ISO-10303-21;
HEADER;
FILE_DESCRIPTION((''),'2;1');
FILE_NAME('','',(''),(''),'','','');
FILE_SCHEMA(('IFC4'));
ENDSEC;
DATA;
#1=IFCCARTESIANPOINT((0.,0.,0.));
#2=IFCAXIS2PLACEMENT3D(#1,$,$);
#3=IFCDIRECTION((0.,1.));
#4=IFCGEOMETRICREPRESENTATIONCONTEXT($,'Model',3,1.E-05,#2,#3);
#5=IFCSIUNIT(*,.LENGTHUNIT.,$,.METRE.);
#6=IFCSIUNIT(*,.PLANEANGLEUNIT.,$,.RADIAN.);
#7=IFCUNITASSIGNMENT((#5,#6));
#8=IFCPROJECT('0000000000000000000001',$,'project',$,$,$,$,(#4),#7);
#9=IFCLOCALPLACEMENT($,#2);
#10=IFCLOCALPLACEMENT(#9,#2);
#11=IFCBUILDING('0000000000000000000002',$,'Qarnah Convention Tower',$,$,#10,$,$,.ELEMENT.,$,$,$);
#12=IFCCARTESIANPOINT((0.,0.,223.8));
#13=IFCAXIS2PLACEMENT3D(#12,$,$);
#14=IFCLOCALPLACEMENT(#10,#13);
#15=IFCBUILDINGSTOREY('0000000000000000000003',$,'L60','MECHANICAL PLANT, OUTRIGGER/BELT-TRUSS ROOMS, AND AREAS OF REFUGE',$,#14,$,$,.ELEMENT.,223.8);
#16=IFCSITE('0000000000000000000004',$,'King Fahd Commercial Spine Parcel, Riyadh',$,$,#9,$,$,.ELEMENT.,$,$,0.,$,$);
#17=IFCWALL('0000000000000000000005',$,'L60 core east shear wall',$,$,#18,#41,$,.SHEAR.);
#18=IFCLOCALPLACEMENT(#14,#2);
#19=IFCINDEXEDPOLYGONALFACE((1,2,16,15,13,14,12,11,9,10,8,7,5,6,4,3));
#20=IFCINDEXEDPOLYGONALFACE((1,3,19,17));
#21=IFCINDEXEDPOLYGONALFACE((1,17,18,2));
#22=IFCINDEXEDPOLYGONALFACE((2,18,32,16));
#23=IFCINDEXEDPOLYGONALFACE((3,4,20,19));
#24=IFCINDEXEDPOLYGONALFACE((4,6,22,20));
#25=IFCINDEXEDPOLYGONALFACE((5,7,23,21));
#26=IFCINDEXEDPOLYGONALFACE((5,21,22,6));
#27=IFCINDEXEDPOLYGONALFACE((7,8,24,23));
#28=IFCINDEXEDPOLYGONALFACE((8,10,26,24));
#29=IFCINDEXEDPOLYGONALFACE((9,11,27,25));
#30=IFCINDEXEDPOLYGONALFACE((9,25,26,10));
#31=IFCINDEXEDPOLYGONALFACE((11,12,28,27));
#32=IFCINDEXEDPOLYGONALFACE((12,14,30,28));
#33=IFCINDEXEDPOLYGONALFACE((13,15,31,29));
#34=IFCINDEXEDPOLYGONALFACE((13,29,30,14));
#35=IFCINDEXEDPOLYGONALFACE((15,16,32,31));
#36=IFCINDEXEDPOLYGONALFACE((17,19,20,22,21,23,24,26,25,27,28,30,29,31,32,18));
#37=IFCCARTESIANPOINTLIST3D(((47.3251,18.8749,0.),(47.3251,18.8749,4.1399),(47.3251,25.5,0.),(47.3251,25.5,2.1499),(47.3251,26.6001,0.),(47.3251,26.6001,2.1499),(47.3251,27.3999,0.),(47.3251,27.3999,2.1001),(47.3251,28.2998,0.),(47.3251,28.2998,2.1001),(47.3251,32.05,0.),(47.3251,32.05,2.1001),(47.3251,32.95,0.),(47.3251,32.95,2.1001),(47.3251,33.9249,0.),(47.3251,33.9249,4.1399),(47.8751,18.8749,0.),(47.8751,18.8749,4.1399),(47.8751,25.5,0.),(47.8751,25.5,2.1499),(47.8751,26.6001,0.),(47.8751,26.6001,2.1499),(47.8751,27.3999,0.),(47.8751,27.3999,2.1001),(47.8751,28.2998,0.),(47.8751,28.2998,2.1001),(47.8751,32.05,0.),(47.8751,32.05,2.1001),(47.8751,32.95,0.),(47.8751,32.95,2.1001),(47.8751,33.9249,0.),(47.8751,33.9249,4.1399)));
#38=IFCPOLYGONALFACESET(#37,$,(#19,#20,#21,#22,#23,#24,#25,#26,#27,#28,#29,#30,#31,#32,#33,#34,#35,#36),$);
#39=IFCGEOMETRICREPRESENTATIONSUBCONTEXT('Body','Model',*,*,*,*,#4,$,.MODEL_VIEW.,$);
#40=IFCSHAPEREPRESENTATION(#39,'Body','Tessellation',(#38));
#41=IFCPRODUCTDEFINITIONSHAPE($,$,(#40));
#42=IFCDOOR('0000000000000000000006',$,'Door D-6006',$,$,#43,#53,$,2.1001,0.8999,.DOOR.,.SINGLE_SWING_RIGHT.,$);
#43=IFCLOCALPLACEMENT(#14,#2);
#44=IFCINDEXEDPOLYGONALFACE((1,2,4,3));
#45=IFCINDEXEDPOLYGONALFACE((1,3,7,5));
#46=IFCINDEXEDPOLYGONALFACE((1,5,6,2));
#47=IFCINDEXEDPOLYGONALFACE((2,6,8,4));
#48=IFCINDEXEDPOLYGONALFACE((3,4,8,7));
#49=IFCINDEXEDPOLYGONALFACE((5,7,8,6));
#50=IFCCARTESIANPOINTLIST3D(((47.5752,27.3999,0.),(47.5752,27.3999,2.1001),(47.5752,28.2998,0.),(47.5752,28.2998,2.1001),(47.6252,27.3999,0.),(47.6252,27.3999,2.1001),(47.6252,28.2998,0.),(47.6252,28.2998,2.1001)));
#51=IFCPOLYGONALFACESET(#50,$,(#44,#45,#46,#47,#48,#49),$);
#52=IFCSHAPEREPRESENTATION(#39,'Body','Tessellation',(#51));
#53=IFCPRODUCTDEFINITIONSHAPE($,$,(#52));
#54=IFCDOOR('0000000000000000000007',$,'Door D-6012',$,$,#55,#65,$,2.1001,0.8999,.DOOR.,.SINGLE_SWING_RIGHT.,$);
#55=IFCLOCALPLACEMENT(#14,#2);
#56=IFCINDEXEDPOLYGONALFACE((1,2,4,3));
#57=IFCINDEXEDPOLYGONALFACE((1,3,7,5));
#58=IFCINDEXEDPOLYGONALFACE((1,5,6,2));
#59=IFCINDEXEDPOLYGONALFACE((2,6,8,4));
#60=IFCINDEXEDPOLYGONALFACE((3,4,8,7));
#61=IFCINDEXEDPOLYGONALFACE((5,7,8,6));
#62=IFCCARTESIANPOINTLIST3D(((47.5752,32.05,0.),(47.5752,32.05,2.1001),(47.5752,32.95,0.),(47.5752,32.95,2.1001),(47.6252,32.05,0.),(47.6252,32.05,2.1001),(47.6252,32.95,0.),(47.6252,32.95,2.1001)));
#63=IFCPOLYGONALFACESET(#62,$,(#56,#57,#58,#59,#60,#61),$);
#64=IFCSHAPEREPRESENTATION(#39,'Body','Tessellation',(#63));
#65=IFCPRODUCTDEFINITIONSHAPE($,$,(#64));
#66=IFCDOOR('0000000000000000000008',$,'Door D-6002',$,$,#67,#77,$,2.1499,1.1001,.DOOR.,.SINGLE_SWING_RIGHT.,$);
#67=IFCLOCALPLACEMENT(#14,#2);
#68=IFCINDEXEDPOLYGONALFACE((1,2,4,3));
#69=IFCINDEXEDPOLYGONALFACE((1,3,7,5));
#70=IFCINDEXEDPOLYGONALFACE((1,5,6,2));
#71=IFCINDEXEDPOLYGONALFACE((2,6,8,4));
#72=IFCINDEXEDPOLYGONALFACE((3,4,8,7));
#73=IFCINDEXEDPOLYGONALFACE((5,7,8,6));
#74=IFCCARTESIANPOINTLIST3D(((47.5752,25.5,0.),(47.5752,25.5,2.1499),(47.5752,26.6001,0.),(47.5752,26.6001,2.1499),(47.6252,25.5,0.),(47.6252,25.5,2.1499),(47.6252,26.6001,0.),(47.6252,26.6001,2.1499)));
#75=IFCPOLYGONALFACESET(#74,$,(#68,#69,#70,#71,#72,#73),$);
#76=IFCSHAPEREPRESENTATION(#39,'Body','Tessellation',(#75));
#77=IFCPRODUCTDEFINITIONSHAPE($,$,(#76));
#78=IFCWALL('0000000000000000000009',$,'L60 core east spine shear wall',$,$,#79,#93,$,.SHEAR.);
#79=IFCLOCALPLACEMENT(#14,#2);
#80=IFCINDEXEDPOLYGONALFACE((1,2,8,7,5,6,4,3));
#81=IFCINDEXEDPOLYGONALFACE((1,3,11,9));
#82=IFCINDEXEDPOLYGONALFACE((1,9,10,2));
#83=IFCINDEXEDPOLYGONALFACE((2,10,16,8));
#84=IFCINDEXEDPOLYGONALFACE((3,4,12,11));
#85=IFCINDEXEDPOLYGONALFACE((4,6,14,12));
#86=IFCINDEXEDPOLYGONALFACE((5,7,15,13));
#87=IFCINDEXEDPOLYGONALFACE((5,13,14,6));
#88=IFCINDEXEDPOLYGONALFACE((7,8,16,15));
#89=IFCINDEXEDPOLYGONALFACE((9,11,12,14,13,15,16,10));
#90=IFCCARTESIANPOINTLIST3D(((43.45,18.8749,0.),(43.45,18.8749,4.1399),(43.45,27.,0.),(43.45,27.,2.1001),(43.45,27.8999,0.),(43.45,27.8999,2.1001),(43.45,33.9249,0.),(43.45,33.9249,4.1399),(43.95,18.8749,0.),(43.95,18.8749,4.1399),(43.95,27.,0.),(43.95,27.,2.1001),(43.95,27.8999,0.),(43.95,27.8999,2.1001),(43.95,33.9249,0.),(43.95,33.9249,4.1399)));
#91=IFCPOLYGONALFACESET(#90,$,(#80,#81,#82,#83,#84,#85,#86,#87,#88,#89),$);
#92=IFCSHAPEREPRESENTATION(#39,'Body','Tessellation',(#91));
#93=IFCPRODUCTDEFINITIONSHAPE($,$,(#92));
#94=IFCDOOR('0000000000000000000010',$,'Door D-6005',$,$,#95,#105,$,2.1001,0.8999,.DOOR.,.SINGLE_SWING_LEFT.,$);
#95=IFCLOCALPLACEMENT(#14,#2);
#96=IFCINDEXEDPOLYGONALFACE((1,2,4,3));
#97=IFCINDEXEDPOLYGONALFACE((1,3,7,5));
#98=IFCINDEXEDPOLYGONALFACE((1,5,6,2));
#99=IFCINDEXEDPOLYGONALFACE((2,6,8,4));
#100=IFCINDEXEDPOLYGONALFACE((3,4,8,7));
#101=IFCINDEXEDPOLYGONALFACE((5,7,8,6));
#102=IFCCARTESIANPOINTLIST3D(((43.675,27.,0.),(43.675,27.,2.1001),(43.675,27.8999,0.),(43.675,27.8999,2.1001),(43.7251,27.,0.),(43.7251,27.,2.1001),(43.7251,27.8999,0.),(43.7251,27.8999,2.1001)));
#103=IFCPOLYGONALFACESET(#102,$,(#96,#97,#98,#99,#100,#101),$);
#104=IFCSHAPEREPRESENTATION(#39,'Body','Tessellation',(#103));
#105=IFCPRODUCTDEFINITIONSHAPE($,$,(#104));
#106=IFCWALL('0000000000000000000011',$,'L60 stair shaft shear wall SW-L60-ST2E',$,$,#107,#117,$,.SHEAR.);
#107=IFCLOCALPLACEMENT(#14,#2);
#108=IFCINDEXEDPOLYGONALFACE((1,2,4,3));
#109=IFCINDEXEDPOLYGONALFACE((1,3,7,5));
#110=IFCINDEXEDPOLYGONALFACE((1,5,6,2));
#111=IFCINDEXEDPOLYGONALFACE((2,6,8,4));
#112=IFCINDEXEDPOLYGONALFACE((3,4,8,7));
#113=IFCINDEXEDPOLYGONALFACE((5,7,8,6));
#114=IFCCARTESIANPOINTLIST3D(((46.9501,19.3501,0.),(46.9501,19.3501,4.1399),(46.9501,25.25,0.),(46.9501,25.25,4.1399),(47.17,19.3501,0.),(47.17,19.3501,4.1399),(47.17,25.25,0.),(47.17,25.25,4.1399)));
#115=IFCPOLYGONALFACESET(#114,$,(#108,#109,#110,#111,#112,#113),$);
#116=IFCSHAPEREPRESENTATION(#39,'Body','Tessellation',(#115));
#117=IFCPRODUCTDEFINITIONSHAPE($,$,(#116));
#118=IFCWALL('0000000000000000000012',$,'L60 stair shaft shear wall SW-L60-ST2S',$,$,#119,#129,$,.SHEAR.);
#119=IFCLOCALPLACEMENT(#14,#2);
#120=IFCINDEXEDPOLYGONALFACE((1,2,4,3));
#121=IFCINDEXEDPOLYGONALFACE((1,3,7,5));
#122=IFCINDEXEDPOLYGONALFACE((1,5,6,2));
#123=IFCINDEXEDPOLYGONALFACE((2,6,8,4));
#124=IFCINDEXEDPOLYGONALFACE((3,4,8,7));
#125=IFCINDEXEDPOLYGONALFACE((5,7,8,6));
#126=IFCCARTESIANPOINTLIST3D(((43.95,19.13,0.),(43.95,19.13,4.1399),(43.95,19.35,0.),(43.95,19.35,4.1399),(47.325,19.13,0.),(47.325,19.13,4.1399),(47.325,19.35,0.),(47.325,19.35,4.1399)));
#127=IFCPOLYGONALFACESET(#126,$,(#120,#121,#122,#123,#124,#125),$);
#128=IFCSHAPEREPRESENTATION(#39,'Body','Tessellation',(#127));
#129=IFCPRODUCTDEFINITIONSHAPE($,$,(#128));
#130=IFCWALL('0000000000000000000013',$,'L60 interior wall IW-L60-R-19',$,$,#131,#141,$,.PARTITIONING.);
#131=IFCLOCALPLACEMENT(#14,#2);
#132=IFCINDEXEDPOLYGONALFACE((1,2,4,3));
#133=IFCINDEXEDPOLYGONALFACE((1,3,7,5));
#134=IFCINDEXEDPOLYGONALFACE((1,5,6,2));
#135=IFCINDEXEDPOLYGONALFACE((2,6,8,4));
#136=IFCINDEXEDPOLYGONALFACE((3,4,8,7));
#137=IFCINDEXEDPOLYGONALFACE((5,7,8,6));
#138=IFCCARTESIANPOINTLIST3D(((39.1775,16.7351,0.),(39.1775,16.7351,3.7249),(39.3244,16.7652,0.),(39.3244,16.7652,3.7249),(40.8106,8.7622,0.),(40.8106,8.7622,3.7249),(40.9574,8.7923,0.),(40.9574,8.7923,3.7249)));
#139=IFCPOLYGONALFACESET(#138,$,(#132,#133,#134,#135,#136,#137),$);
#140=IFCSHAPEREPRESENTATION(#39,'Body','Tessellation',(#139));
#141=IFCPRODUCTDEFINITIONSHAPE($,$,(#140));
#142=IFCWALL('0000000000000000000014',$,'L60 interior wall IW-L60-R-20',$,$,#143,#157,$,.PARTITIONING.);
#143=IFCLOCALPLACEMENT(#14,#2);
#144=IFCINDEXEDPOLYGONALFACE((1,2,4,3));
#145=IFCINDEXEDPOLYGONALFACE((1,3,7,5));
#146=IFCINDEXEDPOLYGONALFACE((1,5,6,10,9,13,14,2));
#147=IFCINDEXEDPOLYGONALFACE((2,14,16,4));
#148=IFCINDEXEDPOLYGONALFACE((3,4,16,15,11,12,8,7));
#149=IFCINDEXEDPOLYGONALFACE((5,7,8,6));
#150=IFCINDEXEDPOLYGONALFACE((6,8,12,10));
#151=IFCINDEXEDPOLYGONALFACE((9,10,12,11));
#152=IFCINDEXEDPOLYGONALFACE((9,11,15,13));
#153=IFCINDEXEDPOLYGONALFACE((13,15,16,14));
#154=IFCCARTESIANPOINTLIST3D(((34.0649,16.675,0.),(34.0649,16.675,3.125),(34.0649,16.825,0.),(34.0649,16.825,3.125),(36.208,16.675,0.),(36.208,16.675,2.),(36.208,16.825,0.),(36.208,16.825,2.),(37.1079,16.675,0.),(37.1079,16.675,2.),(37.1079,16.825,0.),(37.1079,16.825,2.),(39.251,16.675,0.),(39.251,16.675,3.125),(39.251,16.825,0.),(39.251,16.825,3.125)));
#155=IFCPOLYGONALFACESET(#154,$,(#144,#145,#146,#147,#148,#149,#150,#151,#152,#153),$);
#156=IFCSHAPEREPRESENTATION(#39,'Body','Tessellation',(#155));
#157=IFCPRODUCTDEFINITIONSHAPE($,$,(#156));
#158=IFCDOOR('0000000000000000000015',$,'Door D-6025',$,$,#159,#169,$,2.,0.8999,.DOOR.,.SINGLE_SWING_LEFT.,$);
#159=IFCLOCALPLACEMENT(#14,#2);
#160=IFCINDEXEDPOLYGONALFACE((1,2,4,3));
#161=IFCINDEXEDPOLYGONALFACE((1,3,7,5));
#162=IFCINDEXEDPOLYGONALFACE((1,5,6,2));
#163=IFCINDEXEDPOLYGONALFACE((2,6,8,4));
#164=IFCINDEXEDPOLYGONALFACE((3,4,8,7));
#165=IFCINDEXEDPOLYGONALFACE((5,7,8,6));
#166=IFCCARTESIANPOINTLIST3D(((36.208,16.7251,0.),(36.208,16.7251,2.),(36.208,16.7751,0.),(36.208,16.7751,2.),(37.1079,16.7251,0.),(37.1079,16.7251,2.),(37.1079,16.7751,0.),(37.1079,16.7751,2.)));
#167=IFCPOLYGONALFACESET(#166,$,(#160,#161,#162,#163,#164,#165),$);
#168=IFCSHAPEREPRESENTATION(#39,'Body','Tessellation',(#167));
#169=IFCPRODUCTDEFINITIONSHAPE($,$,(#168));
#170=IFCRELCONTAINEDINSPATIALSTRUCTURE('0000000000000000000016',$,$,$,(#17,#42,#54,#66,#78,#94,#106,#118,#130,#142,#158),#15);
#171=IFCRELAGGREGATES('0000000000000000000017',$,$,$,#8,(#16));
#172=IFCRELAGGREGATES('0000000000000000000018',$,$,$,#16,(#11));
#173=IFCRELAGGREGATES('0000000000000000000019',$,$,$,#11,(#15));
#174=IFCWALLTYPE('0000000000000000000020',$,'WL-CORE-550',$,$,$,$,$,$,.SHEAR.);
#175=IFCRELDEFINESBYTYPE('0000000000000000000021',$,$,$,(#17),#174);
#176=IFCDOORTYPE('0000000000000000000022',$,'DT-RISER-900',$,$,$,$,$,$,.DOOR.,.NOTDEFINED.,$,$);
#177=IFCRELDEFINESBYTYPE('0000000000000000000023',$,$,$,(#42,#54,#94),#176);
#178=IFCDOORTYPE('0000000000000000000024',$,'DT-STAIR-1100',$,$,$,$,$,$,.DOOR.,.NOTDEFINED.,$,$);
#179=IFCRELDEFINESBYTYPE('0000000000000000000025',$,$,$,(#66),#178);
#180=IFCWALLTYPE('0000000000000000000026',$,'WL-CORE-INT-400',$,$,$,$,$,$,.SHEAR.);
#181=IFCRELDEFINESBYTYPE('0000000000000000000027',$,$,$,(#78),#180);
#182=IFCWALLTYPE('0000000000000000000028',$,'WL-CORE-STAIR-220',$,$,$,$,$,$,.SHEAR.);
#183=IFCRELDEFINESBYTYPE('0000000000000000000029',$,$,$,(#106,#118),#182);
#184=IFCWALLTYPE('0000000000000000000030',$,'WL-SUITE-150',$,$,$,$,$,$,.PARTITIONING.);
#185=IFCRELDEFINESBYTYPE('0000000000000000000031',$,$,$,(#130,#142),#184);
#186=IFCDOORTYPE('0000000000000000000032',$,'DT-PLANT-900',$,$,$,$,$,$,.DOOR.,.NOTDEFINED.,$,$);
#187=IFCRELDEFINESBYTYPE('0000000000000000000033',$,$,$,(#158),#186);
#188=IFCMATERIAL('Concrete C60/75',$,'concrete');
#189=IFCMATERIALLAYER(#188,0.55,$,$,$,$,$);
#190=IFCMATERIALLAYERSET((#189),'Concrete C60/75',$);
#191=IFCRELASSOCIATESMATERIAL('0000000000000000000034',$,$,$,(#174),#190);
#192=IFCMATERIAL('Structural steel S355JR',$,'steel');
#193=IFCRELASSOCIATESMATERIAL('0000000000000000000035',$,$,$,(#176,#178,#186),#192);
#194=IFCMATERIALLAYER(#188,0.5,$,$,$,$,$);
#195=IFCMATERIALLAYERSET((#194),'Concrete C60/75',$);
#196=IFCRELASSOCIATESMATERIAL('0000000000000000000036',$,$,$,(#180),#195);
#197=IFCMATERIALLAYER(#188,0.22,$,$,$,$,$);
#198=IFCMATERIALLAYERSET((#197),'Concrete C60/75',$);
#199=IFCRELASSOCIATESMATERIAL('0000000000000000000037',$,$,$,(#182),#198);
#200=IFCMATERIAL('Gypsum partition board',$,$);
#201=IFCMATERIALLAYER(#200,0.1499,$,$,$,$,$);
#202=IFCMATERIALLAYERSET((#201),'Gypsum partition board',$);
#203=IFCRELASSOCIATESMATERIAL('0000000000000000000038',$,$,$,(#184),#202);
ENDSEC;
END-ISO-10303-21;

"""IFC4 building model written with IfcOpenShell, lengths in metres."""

from ifc_helpers import new_model, si_unit, direction, frame, frame_2d, origin, place, context, subcontext, project, spatial, rectangle, extrude, material, layer, layer_set, type_object, element, fill, save


model = new_model("IFC4")

# Units and contexts
model_context = context("Model", 3, precision=1e-05, world=origin(), true_north=direction((0.0, 1.0)))
body_context = subcontext(model_context, "Body", "Model", "MODEL_VIEW")
ifc_project = project(units=[si_unit("LENGTHUNIT", "METRE"), si_unit("PLANEANGLEUNIT", "RADIAN")], contexts=[model_context])

# Site, building, storey
site_placement = place(None, origin())
site = spatial("IfcSite", under=ifc_project, at=site_placement, Name="King Fahd Commercial Spine Parcel, Riyadh", CompositionType="ELEMENT", RefElevation=0.0)
building_placement = place(site_placement, origin())
building = spatial("IfcBuilding", under=site, at=building_placement, Name="Qarnah Convention Tower", CompositionType="ELEMENT")
storey_placement = place(building_placement, frame((0.0, 0.0, 223.8)))
storey = spatial("IfcBuildingStorey", under=building, at=storey_placement, Name="L60", Description="MECHANICAL PLANT, OUTRIGGER/BELT-TRUSS ROOMS, AND AREAS OF REFUGE", CompositionType="ELEMENT", Elevation=223.8)

# Shared definitions
ifc_material_1 = material(Name="Structural steel S355JR", Category="steel")

# Wall, openings, doors
ifc_material_2 = material(Name="Concrete C60/75", Category="concrete")
ifc_layer_1 = layer(ifc_material_2, 0.55)
ifc_layer_set_1 = layer_set([ifc_layer_1], Name="Concrete C60/75")
wall_type_1 = type_object("IfcWallType", Name="WL-CORE-550", PredefinedType="SHEAR", material=ifc_layer_set_1)
wall_1_placement = place(storey_placement, frame((47.6001, 18.875, 0.0), z_axis=(0.0, 0.0, 1.0), x_axis=(0.0, 1.0, 0.0)))
wall_1 = element("IfcWall", 1, at=wall_1_placement, inside=storey, type_object=wall_type_1, Name="L60 core east shear wall", PredefinedType="SHEAR", context=body_context, shape_type="SweptSolid", body=[
    extrude(rectangle(XDim=15.05, YDim=0.55, at=frame_2d((7.5249, 0.0))), origin(), (0.0, 0.0, 1.0), 4.1399),
])
opening_1_placement = place(wall_1_placement, frame((6.625, 0.0, 0.0)))
opening_1 = element("IfcOpeningElement", 2, at=opening_1_placement, cuts=wall_1, PredefinedType="OPENING", context=body_context, shape_type="SweptSolid", body=[
    extrude(rectangle(XDim=1.1001, YDim=2.1499, at=frame_2d((0.55, 1.075))), frame((0.0, 0.2849, 0.0), z_axis=(0.0, -1.0, 0.0), x_axis=(1.0, 0.0, 0.0)), (0.0, 0.0, 1.0), 0.5701),
])
opening_2_placement = place(wall_1_placement, frame((8.5249, 0.0, 0.0)))
opening_2 = element("IfcOpeningElement", 3, at=opening_2_placement, cuts=wall_1, PredefinedType="OPENING", context=body_context, shape_type="SweptSolid", body=[
    extrude(rectangle(XDim=0.8999, YDim=2.1001, at=frame_2d((0.45, 1.05))), frame((0.0, 0.2849, 0.0), z_axis=(0.0, -1.0, 0.0), x_axis=(1.0, 0.0, 0.0)), (0.0, 0.0, 1.0), 0.5701),
])
opening_3_placement = place(wall_1_placement, frame((13.175, 0.0, 0.0)))
opening_3 = element("IfcOpeningElement", 4, at=opening_3_placement, cuts=wall_1, PredefinedType="OPENING", context=body_context, shape_type="SweptSolid", body=[
    extrude(rectangle(XDim=0.8999, YDim=2.1001, at=frame_2d((0.45, 1.05))), frame((0.0, 0.2849, 0.0), z_axis=(0.0, -1.0, 0.0), x_axis=(1.0, 0.0, 0.0)), (0.0, 0.0, 1.0), 0.5701),
])
door_type_1 = type_object("IfcDoorType", Name="DT-RISER-900", OperationType="NOTDEFINED", PredefinedType="DOOR", material=ifc_material_1)
door_1_placement = place(opening_2_placement, origin())
door_1 = element("IfcDoor", 5, at=door_1_placement, inside=storey, type_object=door_type_1, Name="Door D-6006", OperationType="SINGLE_SWING_RIGHT", OverallHeight=2.1001, OverallWidth=0.8999, PredefinedType="DOOR", context=body_context, shape_type="SweptSolid", body=[
    extrude(rectangle(XDim=0.8999, YDim=2.1001, at=frame_2d((0.45, 1.05))), frame((0.0, 0.0249, 0.0), z_axis=(0.0, -1.0, 0.0), x_axis=(1.0, 0.0, 0.0)), (0.0, 0.0, 1.0), 0.05),
])
fill(opening_2, door_1)
door_2_placement = place(opening_3_placement, origin())
door_2 = element("IfcDoor", 6, at=door_2_placement, inside=storey, type_object=door_type_1, Name="Door D-6012", OperationType="SINGLE_SWING_RIGHT", OverallHeight=2.1001, OverallWidth=0.8999, PredefinedType="DOOR", context=body_context, shape_type="SweptSolid", body=[
    extrude(rectangle(XDim=0.8999, YDim=2.1001, at=frame_2d((0.45, 1.05))), frame((0.0, 0.0249, 0.0), z_axis=(0.0, -1.0, 0.0), x_axis=(1.0, 0.0, 0.0)), (0.0, 0.0, 1.0), 0.05),
])
fill(opening_3, door_2)
door_type_2 = type_object("IfcDoorType", Name="DT-STAIR-1100", OperationType="NOTDEFINED", PredefinedType="DOOR", material=ifc_material_1)
door_3_placement = place(opening_1_placement, origin())
door_3 = element("IfcDoor", 7, at=door_3_placement, inside=storey, type_object=door_type_2, Name="Door D-6002", OperationType="SINGLE_SWING_RIGHT", OverallHeight=2.1499, OverallWidth=1.1001, PredefinedType="DOOR", context=body_context, shape_type="SweptSolid", body=[
    extrude(rectangle(XDim=1.1001, YDim=2.1499, at=frame_2d((0.55, 1.075))), frame((0.0, 0.0249, 0.0), z_axis=(0.0, -1.0, 0.0), x_axis=(1.0, 0.0, 0.0)), (0.0, 0.0, 1.0), 0.05),
])
fill(opening_1, door_3)

# Wall, opening, door
ifc_layer_2 = layer(ifc_material_2, 0.5)
ifc_layer_set_2 = layer_set([ifc_layer_2], Name="Concrete C60/75")
wall_type_2 = type_object("IfcWallType", Name="WL-CORE-INT-400", PredefinedType="SHEAR", material=ifc_layer_set_2)
wall_2_placement = place(storey_placement, frame((43.7, 18.875, 0.0), z_axis=(0.0, 0.0, 1.0), x_axis=(0.0, 1.0, 0.0)))
wall_2 = element("IfcWall", 8, at=wall_2_placement, inside=storey, type_object=wall_type_2, Name="L60 core east spine shear wall", PredefinedType="SHEAR", context=body_context, shape_type="SweptSolid", body=[
    extrude(rectangle(XDim=15.05, YDim=0.5, at=frame_2d((7.5249, 0.0))), origin(), (0.0, 0.0, 1.0), 4.1399),
])
opening_4_placement = place(wall_2_placement, frame((8.125, 0.0, 0.0)))
opening_4 = element("IfcOpeningElement", 9, at=opening_4_placement, cuts=wall_2, PredefinedType="OPENING", context=body_context, shape_type="SweptSolid", body=[
    extrude(rectangle(XDim=0.8999, YDim=2.1001, at=frame_2d((0.45, 1.05))), frame((0.0, 0.26, 0.0), z_axis=(0.0, -1.0, 0.0), x_axis=(1.0, 0.0, 0.0)), (0.0, 0.0, 1.0), 0.52),
])
door_4_placement = place(opening_4_placement, origin())
door_4 = element("IfcDoor", 10, at=door_4_placement, inside=storey, type_object=door_type_1, Name="Door D-6005", OperationType="SINGLE_SWING_LEFT", OverallHeight=2.1001, OverallWidth=0.8999, PredefinedType="DOOR", context=body_context, shape_type="SweptSolid", body=[
    extrude(rectangle(XDim=0.8999, YDim=2.1001, at=frame_2d((0.45, 1.05))), frame((0.0, 0.0249, 0.0), z_axis=(0.0, -1.0, 0.0), x_axis=(1.0, 0.0, 0.0)), (0.0, 0.0, 1.0), 0.05),
])
fill(opening_4, door_4)

# Walls
ifc_layer_3 = layer(ifc_material_2, 0.22)
ifc_layer_set_3 = layer_set([ifc_layer_3], Name="Concrete C60/75")
wall_type_3 = type_object("IfcWallType", Name="WL-CORE-STAIR-220", PredefinedType="SHEAR", material=ifc_layer_set_3)
wall_3_placement = place(storey_placement, frame((47.0601, 19.3501, 0.0), z_axis=(0.0, 0.0, 1.0), x_axis=(0.0, 1.0, 0.0)))
element("IfcWall", 11, at=wall_3_placement, inside=storey, type_object=wall_type_3, Name="L60 stair shaft shear wall SW-L60-ST2E", PredefinedType="SHEAR", context=body_context, shape_type="SweptSolid", body=[
    extrude(rectangle(XDim=5.8999, YDim=0.22, at=frame_2d((2.95, 0.0))), origin(), (0.0, 0.0, 1.0), 4.1399),
])
wall_4_placement = place(storey_placement, frame((43.95, 19.24, 0.0), z_axis=(0.0, 0.0, 1.0), x_axis=(1.0, 0.0, 0.0)))
element("IfcWall", 12, at=wall_4_placement, inside=storey, type_object=wall_type_3, Name="L60 stair shaft shear wall SW-L60-ST2S", PredefinedType="SHEAR", context=body_context, shape_type="SweptSolid", body=[
    extrude(rectangle(XDim=3.375, YDim=0.22, at=frame_2d((1.6875, 0.0))), origin(), (0.0, 0.0, 1.0), 4.1399),
])
ifc_material_3 = material(Name="Gypsum partition board")
ifc_layer_4 = layer(ifc_material_3, 0.1499)
ifc_layer_set_4 = layer_set([ifc_layer_4], Name="Gypsum partition board")
wall_type_4 = type_object("IfcWallType", Name="WL-SUITE-150", PredefinedType="PARTITIONING", material=ifc_layer_set_4)
wall_5_placement = place(storey_placement, frame((40.884, 8.7771, 0.0), z_axis=(0.0, 0.0, 1.0), x_axis=(-0.20066, 0.979661, 0.0)))
element("IfcWall", 13, at=wall_5_placement, inside=storey, type_object=wall_type_4, Name="L60 interior wall IW-L60-R-19", PredefinedType="PARTITIONING", context=body_context, shape_type="SweptSolid", body=[
    extrude(rectangle(XDim=8.1384, YDim=0.1499, at=frame_2d((4.0693, 0.0))), origin(), (0.0, 0.0, 1.0), 3.7249),
])

# Wall, opening, door
wall_6_placement = place(storey_placement, frame((39.251, 16.75, 0.0), z_axis=(0.0, 0.0, 1.0), x_axis=(-1.0, 0.0, 0.0)))
wall_6 = element("IfcWall", 14, at=wall_6_placement, inside=storey, type_object=wall_type_4, Name="L60 interior wall IW-L60-R-20", PredefinedType="PARTITIONING", context=body_context, shape_type="SweptSolid", body=[
    extrude(rectangle(XDim=5.186, YDim=0.1499, at=frame_2d((2.593, 0.0))), origin(), (0.0, 0.0, 1.0), 3.125),
])
opening_5_placement = place(wall_6_placement, frame((2.1431, 0.0, 0.0)))
opening_5 = element("IfcOpeningElement", 15, at=opening_5_placement, cuts=wall_6, PredefinedType="OPENING", context=body_context, shape_type="SweptSolid", body=[
    extrude(rectangle(XDim=0.8999, YDim=2.0, at=frame_2d((0.45, 1.0))), frame((0.0, 0.085, 0.0), z_axis=(0.0, -1.0, 0.0), x_axis=(1.0, 0.0, 0.0)), (0.0, 0.0, 1.0), 0.1699),
])
door_type_3 = type_object("IfcDoorType", Name="DT-PLANT-900", OperationType="NOTDEFINED", PredefinedType="DOOR", material=ifc_material_1)
door_5_placement = place(opening_5_placement, origin())
door_5 = element("IfcDoor", 16, at=door_5_placement, inside=storey, type_object=door_type_3, Name="Door D-6025", OperationType="SINGLE_SWING_LEFT", OverallHeight=2.0, OverallWidth=0.8999, PredefinedType="DOOR", context=body_context, shape_type="SweptSolid", body=[
    extrude(rectangle(XDim=0.8999, YDim=2.0, at=frame_2d((0.45, 1.0))), frame((0.0, 0.0249, 0.0), z_axis=(0.0, -1.0, 0.0), x_axis=(1.0, 0.0, 0.0)), (0.0, 0.0, 1.0), 0.05),
])
fill(opening_5, door_5)

save(model, "model.ifc")
